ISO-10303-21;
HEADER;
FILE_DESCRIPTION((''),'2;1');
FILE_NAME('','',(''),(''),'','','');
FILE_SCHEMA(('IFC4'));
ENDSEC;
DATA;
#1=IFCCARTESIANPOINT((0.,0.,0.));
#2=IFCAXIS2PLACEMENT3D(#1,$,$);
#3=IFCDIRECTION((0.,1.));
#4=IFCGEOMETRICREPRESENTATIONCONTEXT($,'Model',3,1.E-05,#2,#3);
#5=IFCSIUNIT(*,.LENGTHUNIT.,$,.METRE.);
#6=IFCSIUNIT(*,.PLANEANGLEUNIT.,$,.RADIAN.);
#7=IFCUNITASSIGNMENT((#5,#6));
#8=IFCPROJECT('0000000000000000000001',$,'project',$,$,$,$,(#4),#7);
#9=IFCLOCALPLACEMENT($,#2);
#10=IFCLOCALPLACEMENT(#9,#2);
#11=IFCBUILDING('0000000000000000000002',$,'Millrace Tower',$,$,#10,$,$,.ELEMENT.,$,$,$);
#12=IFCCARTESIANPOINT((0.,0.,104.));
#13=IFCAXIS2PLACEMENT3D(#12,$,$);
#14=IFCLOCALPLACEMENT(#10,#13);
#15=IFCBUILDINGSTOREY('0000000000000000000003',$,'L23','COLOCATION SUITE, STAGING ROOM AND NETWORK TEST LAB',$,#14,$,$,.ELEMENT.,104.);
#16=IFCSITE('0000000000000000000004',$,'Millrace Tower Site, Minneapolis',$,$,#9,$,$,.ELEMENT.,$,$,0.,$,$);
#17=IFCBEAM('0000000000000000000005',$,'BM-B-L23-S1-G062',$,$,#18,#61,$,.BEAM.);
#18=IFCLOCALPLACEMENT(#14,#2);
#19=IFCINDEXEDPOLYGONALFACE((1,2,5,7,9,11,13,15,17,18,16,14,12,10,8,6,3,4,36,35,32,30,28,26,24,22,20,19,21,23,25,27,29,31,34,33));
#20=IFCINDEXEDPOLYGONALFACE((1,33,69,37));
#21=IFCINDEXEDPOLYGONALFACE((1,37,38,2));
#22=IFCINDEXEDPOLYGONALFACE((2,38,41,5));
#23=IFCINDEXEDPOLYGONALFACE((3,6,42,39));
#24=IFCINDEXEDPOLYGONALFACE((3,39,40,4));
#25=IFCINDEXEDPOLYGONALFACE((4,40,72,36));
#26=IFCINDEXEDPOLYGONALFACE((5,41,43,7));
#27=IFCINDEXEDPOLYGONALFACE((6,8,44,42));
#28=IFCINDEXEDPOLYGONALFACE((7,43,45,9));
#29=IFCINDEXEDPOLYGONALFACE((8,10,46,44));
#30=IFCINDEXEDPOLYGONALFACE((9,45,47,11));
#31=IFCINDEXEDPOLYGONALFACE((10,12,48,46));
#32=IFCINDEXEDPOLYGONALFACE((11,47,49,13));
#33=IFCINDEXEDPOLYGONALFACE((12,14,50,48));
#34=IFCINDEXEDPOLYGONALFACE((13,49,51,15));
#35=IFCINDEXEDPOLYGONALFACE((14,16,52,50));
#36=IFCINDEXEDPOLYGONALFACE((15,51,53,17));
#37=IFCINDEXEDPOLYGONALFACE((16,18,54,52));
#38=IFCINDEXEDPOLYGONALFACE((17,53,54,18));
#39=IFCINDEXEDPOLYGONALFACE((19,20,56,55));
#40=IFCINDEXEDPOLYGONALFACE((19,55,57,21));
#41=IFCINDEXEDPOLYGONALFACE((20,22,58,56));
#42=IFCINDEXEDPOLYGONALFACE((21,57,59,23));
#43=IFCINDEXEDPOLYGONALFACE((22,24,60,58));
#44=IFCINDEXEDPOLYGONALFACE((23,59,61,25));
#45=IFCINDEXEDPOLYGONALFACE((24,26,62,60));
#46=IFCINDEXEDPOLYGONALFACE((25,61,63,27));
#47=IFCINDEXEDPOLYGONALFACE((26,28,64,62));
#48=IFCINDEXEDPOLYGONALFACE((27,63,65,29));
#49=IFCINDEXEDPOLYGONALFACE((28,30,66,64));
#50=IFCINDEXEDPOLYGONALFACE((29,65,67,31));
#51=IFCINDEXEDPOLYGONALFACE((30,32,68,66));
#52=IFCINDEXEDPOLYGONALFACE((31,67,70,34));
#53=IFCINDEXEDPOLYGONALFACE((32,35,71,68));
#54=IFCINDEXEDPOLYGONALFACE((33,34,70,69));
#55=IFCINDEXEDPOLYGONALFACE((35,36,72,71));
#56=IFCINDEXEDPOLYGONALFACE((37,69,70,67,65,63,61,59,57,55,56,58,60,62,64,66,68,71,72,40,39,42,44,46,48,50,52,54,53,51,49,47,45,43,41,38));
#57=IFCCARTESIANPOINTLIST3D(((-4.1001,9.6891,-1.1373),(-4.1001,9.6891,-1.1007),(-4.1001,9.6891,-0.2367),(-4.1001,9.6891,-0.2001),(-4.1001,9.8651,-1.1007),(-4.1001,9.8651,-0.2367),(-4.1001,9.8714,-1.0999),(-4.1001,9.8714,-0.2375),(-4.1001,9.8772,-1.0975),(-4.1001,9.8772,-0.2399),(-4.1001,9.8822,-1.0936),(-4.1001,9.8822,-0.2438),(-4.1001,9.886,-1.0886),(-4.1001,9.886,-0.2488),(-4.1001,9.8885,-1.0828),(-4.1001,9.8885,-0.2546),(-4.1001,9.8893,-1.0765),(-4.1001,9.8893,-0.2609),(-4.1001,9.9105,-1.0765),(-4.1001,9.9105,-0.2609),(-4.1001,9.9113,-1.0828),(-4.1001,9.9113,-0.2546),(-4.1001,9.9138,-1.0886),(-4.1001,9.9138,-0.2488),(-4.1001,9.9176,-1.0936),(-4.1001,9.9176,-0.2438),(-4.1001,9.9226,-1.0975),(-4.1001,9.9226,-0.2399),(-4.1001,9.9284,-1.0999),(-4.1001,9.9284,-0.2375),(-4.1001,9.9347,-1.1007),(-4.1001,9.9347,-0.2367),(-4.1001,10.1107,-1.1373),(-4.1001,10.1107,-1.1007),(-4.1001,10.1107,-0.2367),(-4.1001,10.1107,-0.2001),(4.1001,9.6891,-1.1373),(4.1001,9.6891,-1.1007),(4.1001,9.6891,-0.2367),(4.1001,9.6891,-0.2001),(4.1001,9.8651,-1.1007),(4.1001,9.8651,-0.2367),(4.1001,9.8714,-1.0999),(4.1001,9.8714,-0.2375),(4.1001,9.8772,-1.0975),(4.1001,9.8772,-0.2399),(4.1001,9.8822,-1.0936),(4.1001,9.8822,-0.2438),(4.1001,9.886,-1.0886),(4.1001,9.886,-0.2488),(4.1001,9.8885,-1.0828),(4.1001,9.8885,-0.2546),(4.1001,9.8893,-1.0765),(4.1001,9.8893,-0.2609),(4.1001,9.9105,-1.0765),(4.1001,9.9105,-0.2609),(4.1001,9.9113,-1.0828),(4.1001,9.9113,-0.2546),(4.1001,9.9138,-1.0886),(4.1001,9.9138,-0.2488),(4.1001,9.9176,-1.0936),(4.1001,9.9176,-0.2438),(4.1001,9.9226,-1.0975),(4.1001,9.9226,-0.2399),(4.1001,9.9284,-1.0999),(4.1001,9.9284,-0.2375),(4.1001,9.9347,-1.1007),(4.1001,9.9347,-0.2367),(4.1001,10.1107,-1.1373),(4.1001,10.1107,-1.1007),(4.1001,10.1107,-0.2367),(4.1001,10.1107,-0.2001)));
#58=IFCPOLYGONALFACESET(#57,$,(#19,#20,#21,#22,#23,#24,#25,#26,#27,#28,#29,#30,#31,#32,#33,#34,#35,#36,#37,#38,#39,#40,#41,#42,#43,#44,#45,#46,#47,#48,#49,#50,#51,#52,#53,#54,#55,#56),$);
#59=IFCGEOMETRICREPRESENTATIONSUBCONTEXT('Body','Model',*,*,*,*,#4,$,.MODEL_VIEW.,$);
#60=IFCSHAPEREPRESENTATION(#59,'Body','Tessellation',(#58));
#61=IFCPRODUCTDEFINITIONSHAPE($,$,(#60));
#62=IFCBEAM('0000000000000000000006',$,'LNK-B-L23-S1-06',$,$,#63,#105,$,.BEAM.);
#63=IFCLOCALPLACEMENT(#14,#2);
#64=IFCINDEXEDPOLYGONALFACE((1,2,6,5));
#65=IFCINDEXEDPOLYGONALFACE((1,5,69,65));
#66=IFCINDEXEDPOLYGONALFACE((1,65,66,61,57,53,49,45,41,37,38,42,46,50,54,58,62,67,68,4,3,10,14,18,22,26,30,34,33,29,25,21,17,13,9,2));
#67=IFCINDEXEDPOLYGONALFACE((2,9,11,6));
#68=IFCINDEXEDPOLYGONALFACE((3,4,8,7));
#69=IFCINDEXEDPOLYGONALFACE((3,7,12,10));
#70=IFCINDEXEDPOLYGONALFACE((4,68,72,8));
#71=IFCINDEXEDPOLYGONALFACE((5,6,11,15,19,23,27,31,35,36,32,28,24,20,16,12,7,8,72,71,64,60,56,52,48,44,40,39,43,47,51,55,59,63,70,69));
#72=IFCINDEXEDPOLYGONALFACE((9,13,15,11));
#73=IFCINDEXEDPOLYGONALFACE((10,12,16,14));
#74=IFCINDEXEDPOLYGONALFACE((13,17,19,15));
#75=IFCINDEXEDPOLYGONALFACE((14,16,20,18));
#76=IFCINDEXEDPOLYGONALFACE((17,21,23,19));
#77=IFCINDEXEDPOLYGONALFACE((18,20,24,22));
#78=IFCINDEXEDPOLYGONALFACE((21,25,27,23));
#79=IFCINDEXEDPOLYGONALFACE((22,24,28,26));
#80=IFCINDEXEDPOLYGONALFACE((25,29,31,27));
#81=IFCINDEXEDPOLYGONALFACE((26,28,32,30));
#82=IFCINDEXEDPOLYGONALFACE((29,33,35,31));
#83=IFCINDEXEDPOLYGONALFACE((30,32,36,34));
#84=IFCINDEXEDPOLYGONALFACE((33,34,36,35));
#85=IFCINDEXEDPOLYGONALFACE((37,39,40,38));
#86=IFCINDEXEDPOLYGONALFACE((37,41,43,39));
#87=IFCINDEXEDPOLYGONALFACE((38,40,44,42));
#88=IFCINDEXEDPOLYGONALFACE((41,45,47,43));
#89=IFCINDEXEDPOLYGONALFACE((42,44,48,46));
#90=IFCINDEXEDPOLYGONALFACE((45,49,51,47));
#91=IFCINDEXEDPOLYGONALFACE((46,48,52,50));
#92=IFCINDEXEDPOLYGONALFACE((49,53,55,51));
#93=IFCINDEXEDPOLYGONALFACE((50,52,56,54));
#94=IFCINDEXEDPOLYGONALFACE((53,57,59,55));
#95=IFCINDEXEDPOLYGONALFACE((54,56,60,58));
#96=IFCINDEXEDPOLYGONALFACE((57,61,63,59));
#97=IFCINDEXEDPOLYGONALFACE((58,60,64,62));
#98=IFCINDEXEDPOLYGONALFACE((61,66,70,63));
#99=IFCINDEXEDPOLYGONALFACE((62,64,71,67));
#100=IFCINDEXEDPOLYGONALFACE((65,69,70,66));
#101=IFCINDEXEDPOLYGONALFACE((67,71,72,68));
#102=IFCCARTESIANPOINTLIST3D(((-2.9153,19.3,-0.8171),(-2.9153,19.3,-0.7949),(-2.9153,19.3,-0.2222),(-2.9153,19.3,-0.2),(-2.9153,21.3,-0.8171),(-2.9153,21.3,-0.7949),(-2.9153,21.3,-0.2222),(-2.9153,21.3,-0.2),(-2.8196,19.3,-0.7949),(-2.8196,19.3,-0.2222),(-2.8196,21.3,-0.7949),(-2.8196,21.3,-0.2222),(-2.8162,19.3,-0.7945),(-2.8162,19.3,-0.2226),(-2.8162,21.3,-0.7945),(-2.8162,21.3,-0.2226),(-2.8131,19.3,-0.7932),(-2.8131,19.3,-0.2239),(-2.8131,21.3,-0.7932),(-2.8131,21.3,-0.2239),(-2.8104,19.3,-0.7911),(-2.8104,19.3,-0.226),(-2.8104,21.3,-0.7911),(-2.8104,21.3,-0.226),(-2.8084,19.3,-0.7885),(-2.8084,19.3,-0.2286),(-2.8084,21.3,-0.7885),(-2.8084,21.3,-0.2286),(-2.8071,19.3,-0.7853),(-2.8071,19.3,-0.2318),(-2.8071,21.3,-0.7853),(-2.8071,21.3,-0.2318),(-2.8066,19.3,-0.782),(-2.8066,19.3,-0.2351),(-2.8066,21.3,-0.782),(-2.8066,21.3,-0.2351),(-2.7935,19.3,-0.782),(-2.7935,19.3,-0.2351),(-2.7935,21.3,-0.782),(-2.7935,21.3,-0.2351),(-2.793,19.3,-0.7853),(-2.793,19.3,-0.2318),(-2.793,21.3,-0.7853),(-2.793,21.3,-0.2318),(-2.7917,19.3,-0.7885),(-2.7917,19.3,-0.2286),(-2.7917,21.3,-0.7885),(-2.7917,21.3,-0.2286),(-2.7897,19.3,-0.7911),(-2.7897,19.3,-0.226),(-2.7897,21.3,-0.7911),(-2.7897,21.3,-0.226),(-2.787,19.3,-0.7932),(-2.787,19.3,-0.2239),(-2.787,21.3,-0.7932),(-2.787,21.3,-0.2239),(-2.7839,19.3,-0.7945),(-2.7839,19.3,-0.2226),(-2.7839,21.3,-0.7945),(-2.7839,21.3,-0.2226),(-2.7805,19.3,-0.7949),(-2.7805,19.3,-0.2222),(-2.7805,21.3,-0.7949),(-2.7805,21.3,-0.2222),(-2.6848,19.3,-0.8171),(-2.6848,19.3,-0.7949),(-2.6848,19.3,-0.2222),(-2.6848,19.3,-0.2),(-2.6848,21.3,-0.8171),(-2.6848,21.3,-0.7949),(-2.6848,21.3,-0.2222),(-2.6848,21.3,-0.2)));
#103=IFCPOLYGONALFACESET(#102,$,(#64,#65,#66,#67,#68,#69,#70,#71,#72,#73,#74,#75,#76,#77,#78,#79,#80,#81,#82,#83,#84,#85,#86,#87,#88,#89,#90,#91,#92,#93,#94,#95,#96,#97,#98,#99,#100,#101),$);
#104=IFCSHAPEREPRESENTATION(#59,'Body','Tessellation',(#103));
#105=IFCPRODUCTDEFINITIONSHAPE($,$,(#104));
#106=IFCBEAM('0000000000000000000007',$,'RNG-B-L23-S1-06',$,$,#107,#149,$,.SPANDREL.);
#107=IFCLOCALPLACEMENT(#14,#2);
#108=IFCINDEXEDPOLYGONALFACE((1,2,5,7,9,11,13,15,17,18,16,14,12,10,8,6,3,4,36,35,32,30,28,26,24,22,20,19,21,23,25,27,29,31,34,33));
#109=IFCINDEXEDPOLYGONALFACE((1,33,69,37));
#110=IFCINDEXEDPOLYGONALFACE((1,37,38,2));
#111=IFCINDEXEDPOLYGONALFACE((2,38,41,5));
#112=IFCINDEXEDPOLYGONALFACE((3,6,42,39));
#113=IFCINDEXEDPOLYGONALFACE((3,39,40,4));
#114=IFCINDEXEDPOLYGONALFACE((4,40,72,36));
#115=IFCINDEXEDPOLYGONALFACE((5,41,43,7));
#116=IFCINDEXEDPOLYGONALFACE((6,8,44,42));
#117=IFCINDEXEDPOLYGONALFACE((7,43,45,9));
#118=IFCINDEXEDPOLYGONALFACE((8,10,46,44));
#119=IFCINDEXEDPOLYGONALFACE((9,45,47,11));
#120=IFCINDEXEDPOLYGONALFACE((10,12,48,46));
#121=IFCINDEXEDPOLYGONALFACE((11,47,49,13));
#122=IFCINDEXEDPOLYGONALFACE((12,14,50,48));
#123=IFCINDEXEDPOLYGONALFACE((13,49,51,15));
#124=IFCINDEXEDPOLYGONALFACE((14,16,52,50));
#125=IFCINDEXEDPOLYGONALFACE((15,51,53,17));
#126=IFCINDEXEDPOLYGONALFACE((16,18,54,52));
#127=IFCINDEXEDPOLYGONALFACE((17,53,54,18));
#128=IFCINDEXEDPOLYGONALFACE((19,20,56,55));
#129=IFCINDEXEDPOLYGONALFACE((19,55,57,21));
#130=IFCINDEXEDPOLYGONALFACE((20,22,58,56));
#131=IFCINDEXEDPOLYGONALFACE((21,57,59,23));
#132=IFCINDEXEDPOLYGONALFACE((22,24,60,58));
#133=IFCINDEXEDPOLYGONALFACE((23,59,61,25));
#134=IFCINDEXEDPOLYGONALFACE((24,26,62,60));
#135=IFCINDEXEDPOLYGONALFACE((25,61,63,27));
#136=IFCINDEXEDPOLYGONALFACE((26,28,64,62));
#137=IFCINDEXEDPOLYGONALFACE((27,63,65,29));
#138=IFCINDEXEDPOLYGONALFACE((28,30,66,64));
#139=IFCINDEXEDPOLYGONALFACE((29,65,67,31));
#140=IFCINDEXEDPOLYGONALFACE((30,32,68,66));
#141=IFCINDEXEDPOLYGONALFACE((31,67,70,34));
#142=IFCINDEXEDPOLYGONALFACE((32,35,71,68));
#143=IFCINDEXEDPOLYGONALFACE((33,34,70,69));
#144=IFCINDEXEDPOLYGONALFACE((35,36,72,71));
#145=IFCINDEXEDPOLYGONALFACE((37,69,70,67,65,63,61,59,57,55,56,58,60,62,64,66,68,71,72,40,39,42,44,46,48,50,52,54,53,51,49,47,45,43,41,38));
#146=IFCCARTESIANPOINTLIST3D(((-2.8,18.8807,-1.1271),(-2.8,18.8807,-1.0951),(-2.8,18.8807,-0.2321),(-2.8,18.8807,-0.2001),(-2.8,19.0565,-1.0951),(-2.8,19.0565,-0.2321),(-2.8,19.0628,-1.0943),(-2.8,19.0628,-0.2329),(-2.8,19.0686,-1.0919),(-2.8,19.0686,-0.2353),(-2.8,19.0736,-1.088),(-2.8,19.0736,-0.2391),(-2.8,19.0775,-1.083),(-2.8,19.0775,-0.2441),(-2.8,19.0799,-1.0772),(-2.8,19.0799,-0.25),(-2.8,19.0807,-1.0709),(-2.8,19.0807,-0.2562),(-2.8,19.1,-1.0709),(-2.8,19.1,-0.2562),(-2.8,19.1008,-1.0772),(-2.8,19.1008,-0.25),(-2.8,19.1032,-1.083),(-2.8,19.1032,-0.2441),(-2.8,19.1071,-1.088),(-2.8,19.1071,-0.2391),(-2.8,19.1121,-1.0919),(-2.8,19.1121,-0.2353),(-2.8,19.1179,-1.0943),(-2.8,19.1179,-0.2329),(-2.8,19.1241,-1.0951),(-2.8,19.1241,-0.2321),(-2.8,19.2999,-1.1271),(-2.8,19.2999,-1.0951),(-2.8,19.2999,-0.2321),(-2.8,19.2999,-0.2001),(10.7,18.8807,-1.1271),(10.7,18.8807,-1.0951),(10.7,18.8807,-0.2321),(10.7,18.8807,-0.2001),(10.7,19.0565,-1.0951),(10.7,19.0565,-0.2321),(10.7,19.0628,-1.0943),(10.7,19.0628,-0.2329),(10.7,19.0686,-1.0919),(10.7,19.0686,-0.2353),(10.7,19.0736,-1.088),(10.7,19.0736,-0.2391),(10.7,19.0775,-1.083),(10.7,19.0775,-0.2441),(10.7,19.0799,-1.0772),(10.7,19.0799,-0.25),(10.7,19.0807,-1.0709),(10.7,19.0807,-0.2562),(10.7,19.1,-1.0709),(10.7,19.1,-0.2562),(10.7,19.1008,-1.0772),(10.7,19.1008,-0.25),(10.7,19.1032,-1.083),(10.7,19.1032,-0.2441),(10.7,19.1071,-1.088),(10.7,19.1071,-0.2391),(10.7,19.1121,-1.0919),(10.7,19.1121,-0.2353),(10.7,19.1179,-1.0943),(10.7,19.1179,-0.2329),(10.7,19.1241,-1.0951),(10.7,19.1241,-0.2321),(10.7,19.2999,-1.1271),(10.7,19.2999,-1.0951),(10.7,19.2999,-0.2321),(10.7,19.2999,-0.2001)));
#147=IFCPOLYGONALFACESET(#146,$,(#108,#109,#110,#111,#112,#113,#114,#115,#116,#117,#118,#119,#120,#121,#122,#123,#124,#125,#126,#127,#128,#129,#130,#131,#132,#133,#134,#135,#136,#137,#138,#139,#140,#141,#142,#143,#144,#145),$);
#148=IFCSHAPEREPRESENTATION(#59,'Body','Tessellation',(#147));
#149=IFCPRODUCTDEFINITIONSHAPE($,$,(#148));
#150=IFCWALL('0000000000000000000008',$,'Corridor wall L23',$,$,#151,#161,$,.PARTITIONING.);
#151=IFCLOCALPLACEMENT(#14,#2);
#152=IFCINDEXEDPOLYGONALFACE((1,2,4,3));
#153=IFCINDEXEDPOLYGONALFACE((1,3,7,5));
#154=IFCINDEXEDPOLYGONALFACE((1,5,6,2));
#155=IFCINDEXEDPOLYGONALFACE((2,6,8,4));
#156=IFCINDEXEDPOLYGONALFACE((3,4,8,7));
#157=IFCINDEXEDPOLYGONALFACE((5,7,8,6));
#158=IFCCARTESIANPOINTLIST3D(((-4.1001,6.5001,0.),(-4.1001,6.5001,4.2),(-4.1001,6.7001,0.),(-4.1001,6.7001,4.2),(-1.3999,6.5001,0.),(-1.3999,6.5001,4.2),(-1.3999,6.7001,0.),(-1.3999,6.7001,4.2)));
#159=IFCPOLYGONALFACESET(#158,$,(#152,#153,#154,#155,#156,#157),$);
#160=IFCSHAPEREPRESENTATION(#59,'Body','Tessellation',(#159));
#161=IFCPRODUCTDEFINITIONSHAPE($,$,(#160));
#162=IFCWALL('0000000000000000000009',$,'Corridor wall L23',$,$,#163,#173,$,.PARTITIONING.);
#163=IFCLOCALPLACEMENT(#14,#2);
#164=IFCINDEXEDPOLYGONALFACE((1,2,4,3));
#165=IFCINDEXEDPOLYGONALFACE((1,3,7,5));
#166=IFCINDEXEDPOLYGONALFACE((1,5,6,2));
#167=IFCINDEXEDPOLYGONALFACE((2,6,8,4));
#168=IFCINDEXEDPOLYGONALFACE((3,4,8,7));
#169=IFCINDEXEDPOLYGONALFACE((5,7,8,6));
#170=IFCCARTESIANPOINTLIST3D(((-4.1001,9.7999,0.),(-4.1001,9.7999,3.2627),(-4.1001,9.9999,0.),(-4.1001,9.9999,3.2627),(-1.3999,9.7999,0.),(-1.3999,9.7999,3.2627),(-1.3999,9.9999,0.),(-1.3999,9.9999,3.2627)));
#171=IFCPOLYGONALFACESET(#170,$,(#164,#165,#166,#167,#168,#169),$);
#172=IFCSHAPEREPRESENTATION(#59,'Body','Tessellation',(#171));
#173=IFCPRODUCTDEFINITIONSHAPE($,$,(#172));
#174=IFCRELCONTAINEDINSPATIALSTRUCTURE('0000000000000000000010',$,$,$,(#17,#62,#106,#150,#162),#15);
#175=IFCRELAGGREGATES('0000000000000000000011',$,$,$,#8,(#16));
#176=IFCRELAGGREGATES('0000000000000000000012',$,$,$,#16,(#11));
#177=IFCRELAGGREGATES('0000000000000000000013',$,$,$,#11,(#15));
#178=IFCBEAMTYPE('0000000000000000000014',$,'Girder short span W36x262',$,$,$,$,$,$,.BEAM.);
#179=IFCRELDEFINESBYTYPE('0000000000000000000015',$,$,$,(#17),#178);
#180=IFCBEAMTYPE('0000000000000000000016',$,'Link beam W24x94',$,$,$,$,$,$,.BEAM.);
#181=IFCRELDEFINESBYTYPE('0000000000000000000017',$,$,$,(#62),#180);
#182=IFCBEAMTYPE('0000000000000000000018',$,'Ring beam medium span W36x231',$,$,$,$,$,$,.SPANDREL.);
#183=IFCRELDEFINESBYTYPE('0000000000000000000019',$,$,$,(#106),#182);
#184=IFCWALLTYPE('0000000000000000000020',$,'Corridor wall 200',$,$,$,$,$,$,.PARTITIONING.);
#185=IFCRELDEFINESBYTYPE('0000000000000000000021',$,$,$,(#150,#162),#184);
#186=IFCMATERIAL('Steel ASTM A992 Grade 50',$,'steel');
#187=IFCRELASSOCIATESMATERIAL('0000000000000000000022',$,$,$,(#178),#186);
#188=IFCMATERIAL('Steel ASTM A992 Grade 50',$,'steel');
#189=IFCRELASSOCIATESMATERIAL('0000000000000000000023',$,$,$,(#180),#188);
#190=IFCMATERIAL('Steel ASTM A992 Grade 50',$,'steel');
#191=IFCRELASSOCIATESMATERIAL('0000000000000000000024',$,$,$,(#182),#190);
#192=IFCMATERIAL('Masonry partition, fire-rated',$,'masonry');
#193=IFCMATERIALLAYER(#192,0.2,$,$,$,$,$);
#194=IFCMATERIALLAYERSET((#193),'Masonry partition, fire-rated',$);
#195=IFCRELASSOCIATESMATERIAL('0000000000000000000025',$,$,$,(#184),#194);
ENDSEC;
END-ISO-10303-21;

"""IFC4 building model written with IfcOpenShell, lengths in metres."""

from ifc_helpers import new_model, si_unit, direction, frame, frame_2d, origin, origin_2d, place, context, subcontext, project, spatial, rectangle, i_section, extrude, material, layer, layer_set, material_profile, profile_set, type_object, element, save


model = new_model("IFC4")

# Units and contexts
model_context = context("Model", 3, precision=1e-05, world=origin(), true_north=direction((0.0, 1.0)))
body_context = subcontext(model_context, "Body", "Model", "MODEL_VIEW")
ifc_project = project(units=[si_unit("LENGTHUNIT", "METRE"), si_unit("PLANEANGLEUNIT", "RADIAN")], contexts=[model_context])

# Site, building, storey
site_placement = place(None, origin())
site = spatial("IfcSite", under=ifc_project, at=site_placement, Name="Millrace Tower Site, Minneapolis", CompositionType="ELEMENT", RefElevation=0.0)
building_placement = place(site_placement, origin())
building = spatial("IfcBuilding", under=site, at=building_placement, Name="Millrace Tower", CompositionType="ELEMENT")
storey_placement = place(building_placement, frame((0.0, 0.0, 104.0)))
storey = spatial("IfcBuildingStorey", under=building, at=storey_placement, Name="L23", Description="COLOCATION SUITE, STAGING ROOM AND NETWORK TEST LAB", CompositionType="ELEMENT", Elevation=104.0)

# Beams
ifc_material_1 = material(Name="Steel ASTM A992 Grade 50", Category="steel")
ifc_material_profile_1 = material_profile(ifc_material_1, i_section(OverallWidth=0.4216, OverallDepth=0.9373, WebThickness=0.0212, FlangeThickness=0.0366, FilletRadius=0.0242, at=origin_2d()))
ifc_profile_set_1 = profile_set([ifc_material_profile_1], Name="Steel ASTM A992 Grade 50")
beam_type_1 = type_object("IfcBeamType", Name="Girder short span W36x262", PredefinedType="BEAM", material=ifc_profile_set_1)
beam_1_placement = place(storey_placement, frame((-4.1001, 9.8999, -0.6687), z_axis=(1.0, 0.0, 0.0), x_axis=(0.0, 1.0, 0.0)))
element("IfcBeam", 1, at=beam_1_placement, inside=storey, type_object=beam_type_1, Name="BM-B-L23-S1-G062", PredefinedType="BEAM", context=body_context, shape_type="SweptSolid", body=[
    extrude(i_section(OverallWidth=0.4216, OverallDepth=0.9373, WebThickness=0.0212, FlangeThickness=0.0366, FilletRadius=0.0242, at=origin_2d()), origin(), (0.0, 0.0, 1.0), 8.2002),
])
ifc_material_2 = material(Name="Steel ASTM A992 Grade 50", Category="steel")
ifc_material_profile_2 = material_profile(ifc_material_2, i_section(OverallWidth=0.2305, OverallDepth=0.6172, WebThickness=0.0132, FlangeThickness=0.0222, FilletRadius=0.0129, at=origin_2d()))
ifc_profile_set_2 = profile_set([ifc_material_profile_2], Name="Steel ASTM A992 Grade 50")
beam_type_2 = type_object("IfcBeamType", Name="Link beam W24x94", PredefinedType="BEAM", material=ifc_profile_set_2)
beam_2_placement = place(storey_placement, frame((-2.8, 19.3, -0.5085), z_axis=(0.0, 1.0, 0.0), x_axis=(-1.0, 0.0, 0.0)))
element("IfcBeam", 2, at=beam_2_placement, inside=storey, type_object=beam_type_2, Name="LNK-B-L23-S1-06", PredefinedType="BEAM", context=body_context, shape_type="SweptSolid", body=[
    extrude(i_section(OverallWidth=0.2305, OverallDepth=0.6172, WebThickness=0.0132, FlangeThickness=0.0222, FilletRadius=0.0129, at=origin_2d()), origin(), (0.0, 0.0, 1.0), 2.0),
])
ifc_material_3 = material(Name="Steel ASTM A992 Grade 50", Category="steel")
ifc_material_profile_3 = material_profile(ifc_material_3, i_section(OverallWidth=0.4192, OverallDepth=0.927, WebThickness=0.0193, FlangeThickness=0.032, FilletRadius=0.0242, at=origin_2d()))
ifc_profile_set_3 = profile_set([ifc_material_profile_3], Name="Steel ASTM A992 Grade 50")
beam_type_3 = type_object("IfcBeamType", Name="Ring beam medium span W36x231", PredefinedType="SPANDREL", material=ifc_profile_set_3)
beam_3_placement = place(storey_placement, frame((-2.8, 19.0903, -0.6636), z_axis=(1.0, 0.0, 0.0), x_axis=(0.0, 1.0, 0.0)))
element("IfcBeam", 3, at=beam_3_placement, inside=storey, type_object=beam_type_3, Name="RNG-B-L23-S1-06", PredefinedType="SPANDREL", context=body_context, shape_type="SweptSolid", body=[
    extrude(i_section(OverallWidth=0.4192, OverallDepth=0.927, WebThickness=0.0193, FlangeThickness=0.032, FilletRadius=0.0242, at=origin_2d()), origin(), (0.0, 0.0, 1.0), 13.5),
])

# Walls
ifc_material_4 = material(Name="Masonry partition, fire-rated", Category="masonry")
ifc_layer_1 = layer(ifc_material_4, 0.2)
ifc_layer_set_1 = layer_set([ifc_layer_1], Name="Masonry partition, fire-rated")
wall_type = type_object("IfcWallType", Name="Corridor wall 200", PredefinedType="PARTITIONING", material=ifc_layer_set_1)
wall_1_placement = place(storey_placement, frame((-4.1001, 6.6001, 0.0), z_axis=(0.0, 0.0, 1.0), x_axis=(1.0, 0.0, 0.0)))
element("IfcWall", 4, at=wall_1_placement, inside=storey, type_object=wall_type, Name="Corridor wall L23", PredefinedType="PARTITIONING", context=body_context, shape_type="SweptSolid", body=[
    extrude(rectangle(XDim=2.7002, YDim=0.2, at=frame_2d((1.3501, 0.0))), origin(), (0.0, 0.0, 1.0), 4.2),
])
wall_2_placement = place(storey_placement, frame((-4.1001, 9.8999, 0.0), z_axis=(0.0, 0.0, 1.0), x_axis=(1.0, 0.0, 0.0)))
element("IfcWall", 5, at=wall_2_placement, inside=storey, type_object=wall_type, Name="Corridor wall L23", PredefinedType="PARTITIONING", context=body_context, shape_type="SweptSolid", body=[
    extrude(rectangle(XDim=2.7002, YDim=0.2, at=frame_2d((1.3501, 0.0))), origin(), (0.0, 0.0, 1.0), 3.2627),
])

save(model, "model.ifc")
